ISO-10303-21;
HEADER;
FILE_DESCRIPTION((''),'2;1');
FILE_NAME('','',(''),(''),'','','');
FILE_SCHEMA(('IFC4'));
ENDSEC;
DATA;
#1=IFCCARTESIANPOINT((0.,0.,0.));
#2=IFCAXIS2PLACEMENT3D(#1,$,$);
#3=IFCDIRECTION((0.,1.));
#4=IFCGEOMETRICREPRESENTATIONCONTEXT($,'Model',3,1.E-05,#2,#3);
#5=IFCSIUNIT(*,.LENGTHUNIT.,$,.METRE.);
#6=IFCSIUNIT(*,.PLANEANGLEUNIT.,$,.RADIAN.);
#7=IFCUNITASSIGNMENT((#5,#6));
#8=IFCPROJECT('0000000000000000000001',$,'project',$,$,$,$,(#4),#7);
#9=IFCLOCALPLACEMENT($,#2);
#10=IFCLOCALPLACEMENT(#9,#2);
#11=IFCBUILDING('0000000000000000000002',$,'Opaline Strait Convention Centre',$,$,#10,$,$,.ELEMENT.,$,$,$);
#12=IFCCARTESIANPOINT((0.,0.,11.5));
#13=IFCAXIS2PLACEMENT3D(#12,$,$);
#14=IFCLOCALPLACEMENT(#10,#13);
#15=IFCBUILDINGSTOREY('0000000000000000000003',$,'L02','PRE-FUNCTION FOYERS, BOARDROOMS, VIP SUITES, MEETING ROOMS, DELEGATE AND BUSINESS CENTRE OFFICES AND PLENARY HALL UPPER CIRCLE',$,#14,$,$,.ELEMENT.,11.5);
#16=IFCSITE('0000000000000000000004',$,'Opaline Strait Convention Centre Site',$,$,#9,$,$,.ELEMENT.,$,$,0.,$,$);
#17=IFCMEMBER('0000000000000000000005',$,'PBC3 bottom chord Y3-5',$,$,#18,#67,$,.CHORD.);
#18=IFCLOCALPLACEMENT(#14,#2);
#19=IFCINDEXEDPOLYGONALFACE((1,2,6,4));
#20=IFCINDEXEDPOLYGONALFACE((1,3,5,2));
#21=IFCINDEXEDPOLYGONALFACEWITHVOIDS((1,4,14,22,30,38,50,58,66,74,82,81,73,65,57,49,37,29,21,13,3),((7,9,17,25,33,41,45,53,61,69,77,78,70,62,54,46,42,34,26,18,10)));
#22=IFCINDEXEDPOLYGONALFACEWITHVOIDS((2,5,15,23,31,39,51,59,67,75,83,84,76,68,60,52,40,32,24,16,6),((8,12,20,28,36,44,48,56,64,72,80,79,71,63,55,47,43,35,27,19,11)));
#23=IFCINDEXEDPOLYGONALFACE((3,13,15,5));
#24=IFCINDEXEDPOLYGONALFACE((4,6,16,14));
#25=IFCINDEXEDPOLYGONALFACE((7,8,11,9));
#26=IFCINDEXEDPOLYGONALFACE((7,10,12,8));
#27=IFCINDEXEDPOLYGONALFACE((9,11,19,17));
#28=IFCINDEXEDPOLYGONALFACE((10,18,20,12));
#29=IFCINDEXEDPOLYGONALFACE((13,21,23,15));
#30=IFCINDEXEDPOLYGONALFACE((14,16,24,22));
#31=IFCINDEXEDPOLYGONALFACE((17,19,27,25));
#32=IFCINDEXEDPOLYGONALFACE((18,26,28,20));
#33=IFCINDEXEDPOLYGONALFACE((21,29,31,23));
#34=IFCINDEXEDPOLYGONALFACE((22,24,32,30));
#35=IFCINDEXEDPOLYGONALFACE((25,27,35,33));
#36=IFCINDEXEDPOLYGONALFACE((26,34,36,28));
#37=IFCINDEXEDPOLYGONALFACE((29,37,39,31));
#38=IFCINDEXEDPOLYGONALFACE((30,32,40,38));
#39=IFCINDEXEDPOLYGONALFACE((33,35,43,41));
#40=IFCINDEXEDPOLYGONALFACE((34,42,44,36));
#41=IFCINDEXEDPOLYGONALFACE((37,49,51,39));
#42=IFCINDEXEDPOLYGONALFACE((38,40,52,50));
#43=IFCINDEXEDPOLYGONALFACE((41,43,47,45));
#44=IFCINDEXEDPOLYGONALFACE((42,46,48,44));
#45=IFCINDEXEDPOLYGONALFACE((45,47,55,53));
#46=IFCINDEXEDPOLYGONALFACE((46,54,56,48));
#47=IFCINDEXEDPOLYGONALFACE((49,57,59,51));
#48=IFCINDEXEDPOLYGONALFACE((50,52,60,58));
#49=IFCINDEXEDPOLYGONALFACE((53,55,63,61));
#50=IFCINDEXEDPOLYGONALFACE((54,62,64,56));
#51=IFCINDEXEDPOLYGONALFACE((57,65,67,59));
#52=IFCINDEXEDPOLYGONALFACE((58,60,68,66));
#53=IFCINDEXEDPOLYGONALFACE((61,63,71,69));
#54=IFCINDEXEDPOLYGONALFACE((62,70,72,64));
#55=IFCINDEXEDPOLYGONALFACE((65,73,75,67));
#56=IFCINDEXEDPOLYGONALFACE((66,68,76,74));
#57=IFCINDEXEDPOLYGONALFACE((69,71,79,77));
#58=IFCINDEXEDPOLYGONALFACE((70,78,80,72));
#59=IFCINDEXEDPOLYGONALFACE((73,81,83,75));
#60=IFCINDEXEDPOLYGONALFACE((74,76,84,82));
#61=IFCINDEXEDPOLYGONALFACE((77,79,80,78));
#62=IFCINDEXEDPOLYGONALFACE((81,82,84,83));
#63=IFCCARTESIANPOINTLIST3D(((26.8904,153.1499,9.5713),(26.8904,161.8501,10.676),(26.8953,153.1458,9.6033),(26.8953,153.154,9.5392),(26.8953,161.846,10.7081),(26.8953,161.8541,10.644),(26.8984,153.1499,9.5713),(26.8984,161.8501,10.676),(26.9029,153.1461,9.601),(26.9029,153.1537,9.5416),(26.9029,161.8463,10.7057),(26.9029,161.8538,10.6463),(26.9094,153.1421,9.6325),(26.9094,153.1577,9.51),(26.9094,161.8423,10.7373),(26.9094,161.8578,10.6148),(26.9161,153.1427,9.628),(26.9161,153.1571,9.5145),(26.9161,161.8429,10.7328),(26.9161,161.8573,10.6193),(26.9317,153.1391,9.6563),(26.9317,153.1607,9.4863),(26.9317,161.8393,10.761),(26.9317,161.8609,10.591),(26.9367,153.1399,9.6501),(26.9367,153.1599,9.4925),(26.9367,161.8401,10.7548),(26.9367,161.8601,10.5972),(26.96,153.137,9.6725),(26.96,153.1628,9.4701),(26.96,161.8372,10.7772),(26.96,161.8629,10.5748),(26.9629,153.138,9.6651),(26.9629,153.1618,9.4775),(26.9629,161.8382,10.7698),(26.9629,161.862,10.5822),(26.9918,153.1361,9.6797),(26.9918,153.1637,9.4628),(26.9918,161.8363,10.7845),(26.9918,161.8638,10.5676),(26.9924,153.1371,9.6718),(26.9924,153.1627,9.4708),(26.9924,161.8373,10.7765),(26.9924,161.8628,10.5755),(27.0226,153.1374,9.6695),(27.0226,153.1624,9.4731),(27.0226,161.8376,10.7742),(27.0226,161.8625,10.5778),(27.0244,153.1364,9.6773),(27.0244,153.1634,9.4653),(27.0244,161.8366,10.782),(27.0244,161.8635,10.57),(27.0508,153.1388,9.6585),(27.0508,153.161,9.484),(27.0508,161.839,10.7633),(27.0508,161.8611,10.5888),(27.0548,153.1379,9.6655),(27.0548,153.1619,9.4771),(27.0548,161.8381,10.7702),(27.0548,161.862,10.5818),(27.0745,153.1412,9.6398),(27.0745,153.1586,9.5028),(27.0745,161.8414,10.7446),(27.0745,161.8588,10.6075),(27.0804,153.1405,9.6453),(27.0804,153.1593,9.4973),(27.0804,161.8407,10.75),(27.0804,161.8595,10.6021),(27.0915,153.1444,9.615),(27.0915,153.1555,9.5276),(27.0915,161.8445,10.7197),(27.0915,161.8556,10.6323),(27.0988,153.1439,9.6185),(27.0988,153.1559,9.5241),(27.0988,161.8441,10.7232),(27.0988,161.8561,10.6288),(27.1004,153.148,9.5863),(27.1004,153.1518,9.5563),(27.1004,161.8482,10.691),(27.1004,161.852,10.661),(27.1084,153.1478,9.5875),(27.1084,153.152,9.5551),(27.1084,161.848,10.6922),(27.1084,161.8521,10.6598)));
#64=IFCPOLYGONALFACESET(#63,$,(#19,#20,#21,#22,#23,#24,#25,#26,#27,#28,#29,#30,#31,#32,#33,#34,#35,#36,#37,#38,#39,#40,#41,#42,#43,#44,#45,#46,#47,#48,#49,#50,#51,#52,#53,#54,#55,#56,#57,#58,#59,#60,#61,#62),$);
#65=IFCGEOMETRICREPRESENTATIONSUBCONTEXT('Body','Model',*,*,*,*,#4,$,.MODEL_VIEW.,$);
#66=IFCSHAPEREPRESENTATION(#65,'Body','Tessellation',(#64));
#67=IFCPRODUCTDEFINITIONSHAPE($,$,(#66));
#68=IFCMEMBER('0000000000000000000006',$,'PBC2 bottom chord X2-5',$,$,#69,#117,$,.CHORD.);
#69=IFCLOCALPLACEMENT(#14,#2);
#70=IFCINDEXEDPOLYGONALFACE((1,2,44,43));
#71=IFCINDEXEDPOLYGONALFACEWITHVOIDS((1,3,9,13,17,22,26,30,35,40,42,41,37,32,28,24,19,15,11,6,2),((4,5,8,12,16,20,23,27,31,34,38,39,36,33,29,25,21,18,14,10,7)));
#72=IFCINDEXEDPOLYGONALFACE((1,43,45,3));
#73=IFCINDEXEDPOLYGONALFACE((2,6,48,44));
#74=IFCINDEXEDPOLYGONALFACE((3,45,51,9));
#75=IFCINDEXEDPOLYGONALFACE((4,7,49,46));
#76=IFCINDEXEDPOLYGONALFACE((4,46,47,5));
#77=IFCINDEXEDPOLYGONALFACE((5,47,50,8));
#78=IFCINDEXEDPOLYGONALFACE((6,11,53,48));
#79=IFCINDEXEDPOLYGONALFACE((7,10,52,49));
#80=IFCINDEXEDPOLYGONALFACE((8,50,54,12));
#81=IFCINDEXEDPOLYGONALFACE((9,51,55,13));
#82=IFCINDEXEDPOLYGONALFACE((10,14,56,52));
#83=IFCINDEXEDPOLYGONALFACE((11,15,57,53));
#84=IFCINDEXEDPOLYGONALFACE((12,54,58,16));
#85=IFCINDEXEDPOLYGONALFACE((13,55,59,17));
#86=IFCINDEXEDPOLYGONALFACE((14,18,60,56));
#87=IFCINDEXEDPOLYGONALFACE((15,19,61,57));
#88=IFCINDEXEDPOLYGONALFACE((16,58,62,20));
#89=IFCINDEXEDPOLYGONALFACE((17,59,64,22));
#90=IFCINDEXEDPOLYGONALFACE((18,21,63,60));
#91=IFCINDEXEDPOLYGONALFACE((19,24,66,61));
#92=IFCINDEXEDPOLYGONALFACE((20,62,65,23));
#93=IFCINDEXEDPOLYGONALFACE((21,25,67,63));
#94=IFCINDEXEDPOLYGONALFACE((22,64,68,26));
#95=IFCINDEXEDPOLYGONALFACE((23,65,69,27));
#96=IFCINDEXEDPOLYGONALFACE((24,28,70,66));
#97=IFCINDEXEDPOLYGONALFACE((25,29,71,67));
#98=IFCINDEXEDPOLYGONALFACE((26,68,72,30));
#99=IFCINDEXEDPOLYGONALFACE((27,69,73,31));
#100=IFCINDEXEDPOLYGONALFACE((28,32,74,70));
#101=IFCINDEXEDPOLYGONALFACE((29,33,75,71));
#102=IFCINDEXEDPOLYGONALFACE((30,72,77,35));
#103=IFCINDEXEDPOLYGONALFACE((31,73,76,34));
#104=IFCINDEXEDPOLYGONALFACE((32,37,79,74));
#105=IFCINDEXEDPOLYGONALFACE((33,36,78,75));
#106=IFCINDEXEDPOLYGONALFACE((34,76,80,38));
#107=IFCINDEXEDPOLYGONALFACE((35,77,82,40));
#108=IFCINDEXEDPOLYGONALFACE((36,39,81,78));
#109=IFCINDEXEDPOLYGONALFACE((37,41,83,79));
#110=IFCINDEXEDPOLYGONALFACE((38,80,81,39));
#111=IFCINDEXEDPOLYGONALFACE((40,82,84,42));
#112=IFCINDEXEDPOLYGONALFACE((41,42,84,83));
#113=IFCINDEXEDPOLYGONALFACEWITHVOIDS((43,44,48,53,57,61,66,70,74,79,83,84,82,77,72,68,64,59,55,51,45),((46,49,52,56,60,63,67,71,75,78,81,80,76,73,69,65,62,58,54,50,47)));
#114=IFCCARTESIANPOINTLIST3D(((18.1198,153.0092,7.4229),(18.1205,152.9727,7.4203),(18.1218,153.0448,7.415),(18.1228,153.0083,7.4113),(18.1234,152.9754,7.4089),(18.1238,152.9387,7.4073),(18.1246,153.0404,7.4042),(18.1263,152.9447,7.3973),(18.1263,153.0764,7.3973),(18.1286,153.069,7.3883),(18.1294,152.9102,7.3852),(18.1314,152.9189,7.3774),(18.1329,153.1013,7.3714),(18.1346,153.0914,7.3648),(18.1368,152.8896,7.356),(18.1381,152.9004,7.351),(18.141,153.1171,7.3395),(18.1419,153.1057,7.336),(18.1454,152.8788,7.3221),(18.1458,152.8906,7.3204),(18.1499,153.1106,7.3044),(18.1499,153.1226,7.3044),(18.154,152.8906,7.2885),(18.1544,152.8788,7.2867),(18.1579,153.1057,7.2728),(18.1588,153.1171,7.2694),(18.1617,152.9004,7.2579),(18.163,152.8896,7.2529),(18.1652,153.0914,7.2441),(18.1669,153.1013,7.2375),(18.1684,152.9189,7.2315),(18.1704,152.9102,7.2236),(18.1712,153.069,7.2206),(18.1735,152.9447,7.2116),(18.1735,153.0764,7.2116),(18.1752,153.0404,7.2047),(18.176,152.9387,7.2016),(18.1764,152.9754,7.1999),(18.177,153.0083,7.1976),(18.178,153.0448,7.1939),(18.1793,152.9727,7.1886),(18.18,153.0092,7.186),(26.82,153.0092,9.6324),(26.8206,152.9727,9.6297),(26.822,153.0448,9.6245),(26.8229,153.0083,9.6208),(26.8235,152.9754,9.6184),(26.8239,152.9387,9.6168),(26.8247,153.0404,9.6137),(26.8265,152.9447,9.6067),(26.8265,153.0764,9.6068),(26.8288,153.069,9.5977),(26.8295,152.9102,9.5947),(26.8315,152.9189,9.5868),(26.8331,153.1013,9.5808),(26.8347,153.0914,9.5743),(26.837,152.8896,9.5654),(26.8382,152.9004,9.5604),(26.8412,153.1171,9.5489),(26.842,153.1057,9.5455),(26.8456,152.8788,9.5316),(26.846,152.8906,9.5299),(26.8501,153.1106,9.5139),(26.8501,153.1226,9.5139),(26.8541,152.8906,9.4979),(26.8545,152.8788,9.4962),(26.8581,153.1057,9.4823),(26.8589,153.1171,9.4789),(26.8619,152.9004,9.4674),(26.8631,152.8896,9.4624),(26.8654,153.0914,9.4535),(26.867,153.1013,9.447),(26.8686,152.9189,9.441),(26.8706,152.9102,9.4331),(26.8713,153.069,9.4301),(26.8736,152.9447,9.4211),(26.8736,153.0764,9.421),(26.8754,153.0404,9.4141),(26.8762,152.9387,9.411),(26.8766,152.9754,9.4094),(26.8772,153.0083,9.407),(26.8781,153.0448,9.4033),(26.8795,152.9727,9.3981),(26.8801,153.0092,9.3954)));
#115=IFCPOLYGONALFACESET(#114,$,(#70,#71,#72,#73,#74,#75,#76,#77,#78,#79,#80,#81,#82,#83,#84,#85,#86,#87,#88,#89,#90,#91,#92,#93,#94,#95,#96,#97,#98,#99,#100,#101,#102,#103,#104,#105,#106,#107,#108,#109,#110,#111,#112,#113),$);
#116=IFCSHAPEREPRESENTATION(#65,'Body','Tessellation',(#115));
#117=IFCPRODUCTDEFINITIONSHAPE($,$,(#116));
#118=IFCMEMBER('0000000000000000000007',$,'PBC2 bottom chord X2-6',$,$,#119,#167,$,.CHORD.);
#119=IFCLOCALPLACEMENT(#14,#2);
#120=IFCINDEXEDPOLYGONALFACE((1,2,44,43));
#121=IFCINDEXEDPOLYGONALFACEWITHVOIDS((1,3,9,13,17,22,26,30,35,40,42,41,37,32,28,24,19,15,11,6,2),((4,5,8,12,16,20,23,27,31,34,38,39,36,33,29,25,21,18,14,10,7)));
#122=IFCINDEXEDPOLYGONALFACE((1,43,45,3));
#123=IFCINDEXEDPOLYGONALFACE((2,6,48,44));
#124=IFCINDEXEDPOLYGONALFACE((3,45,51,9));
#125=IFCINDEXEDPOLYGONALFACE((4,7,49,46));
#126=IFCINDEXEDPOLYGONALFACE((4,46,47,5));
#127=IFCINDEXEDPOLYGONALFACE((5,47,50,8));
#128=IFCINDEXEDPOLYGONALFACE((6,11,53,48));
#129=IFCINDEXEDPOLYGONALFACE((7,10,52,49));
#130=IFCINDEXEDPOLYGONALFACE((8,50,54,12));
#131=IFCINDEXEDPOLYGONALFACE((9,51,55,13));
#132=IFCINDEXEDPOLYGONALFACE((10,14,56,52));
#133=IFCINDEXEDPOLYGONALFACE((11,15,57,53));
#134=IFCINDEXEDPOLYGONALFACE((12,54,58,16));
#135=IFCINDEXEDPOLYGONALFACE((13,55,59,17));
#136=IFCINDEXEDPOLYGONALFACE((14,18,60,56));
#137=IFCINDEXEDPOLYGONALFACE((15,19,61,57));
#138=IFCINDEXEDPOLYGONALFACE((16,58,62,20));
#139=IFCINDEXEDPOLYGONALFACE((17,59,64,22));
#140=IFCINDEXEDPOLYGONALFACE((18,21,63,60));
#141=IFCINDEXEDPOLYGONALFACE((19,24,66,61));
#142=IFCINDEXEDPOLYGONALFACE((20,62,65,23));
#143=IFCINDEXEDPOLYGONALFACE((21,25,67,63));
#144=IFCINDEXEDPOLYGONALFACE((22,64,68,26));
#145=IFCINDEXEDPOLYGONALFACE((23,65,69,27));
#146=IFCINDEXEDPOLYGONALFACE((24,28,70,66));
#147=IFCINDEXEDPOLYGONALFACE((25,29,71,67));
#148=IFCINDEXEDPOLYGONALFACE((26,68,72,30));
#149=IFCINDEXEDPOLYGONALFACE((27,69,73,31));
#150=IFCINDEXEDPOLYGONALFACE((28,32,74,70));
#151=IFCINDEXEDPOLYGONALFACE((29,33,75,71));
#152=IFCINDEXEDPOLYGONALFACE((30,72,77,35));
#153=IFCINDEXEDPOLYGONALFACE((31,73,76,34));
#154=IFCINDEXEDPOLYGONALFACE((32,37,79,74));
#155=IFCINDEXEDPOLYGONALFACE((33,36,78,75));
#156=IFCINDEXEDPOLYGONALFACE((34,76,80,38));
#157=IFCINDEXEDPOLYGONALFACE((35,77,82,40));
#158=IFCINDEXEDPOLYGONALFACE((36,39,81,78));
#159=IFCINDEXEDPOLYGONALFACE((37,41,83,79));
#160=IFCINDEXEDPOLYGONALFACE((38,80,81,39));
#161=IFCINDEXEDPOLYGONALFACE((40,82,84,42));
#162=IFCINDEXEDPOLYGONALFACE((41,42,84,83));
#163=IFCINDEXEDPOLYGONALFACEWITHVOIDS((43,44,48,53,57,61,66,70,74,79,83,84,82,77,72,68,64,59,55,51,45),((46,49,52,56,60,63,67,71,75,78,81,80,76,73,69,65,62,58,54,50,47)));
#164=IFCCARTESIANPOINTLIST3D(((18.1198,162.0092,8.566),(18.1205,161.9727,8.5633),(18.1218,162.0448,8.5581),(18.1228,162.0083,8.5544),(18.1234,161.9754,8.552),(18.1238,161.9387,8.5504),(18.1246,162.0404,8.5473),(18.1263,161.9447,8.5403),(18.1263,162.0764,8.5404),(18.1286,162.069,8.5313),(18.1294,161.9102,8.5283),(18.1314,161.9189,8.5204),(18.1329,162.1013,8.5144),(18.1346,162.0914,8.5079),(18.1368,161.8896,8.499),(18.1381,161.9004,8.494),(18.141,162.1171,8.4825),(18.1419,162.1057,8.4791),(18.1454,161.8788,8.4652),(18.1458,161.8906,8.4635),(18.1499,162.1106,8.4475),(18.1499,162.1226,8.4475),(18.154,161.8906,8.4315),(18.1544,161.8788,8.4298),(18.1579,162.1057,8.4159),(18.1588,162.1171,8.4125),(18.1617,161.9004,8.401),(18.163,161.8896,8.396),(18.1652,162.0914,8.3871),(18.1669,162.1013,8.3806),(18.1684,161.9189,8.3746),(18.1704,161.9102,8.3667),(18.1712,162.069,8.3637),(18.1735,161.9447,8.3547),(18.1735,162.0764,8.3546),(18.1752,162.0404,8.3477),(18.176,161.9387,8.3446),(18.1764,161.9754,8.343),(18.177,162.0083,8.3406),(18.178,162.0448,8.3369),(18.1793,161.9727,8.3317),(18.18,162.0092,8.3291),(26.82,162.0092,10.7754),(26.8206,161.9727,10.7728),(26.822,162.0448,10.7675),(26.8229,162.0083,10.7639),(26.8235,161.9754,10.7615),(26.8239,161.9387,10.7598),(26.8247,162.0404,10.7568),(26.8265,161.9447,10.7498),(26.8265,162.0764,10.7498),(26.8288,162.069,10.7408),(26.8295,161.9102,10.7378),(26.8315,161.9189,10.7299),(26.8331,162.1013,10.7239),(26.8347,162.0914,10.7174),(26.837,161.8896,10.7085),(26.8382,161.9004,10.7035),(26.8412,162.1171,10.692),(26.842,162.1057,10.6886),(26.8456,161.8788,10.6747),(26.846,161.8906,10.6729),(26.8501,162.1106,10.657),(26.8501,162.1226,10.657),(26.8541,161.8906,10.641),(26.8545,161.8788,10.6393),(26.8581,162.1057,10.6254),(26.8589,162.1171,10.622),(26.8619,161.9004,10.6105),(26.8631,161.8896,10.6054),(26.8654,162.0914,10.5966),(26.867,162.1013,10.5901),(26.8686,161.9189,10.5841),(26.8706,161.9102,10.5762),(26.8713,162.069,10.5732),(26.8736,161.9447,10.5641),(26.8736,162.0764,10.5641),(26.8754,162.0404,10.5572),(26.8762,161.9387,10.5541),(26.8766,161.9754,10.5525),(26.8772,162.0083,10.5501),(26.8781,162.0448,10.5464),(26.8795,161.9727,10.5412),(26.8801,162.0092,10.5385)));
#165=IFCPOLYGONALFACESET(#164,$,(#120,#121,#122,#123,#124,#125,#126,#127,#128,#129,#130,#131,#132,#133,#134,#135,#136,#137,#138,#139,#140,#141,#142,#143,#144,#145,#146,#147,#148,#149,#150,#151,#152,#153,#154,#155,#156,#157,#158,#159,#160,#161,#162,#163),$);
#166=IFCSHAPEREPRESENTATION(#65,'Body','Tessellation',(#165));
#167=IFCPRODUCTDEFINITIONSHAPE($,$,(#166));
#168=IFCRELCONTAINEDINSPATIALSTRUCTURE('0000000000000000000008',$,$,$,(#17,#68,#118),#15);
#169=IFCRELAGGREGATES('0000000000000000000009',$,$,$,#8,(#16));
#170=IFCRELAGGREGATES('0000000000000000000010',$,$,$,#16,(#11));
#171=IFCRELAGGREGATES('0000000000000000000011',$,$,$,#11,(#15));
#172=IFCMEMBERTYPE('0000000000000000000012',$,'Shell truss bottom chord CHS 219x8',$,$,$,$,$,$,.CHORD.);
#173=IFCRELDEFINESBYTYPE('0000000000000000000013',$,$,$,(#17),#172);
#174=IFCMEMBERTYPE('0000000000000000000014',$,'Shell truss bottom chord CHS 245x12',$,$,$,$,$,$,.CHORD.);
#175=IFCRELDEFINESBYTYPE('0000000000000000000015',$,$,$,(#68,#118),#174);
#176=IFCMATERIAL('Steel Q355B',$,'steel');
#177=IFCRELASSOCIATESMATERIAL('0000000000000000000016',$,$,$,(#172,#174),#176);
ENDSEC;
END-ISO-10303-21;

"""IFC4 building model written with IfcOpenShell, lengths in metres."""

from ifc_helpers import new_model, si_unit, direction, frame, origin, origin_2d, place, context, subcontext, project, spatial, hollow_circle, extrude, material, material_profile, profile_set, type_object, element, save


model = new_model("IFC4")

# Units and contexts
model_context = context("Model", 3, precision=1e-05, world=origin(), true_north=direction((0.0, 1.0)))
body_context = subcontext(model_context, "Body", "Model", "MODEL_VIEW")
ifc_project = project(units=[si_unit("LENGTHUNIT", "METRE"), si_unit("PLANEANGLEUNIT", "RADIAN")], contexts=[model_context])

# Site, building, storey
site_placement = place(None, origin())
site = spatial("IfcSite", under=ifc_project, at=site_placement, Name="Opaline Strait Convention Centre Site", CompositionType="ELEMENT", RefElevation=0.0)
building_placement = place(site_placement, origin())
building = spatial("IfcBuilding", under=site, at=building_placement, Name="Opaline Strait Convention Centre", CompositionType="ELEMENT")
storey_placement = place(building_placement, frame((0.0, 0.0, 11.5)))
storey = spatial("IfcBuildingStorey", under=building, at=storey_placement, Name="L02", Description="PRE-FUNCTION FOYERS, BOARDROOMS, VIP SUITES, MEETING ROOMS, DELEGATE AND BUSINESS CENTRE OFFICES AND PLENARY HALL UPPER CIRCLE", CompositionType="ELEMENT", Elevation=11.5)

# Members
ifc_material_1 = material(Name="Steel Q355B", Category="steel")
ifc_material_profile_1 = material_profile(ifc_material_1, hollow_circle(Radius=0.1096, WallThickness=0.0081, at=origin_2d()), Name="CHS 219x8")
ifc_profile_set_1 = profile_set([ifc_material_profile_1], Name="Steel Q355B")
member_type_1 = type_object("IfcMemberType", Name="Shell truss bottom chord CHS 219x8", PredefinedType="CHORD", material=ifc_profile_set_1)
member_1_placement = place(storey_placement, frame((27.0, 153.1499, 9.5713), z_axis=(0.0, 0.992034, 0.125967), x_axis=(-1.0, 0.0, 0.0)))
element("IfcMember", 1, at=member_1_placement, inside=storey, type_object=member_type_1, Name="PBC3 bottom chord Y3-5", PredefinedType="CHORD", context=body_context, shape_type="SweptSolid", body=[
    extrude(hollow_circle(Radius=0.1096, WallThickness=0.0081, at=origin_2d()), origin(), (0.0, 0.0, 1.0), 8.77),
])
ifc_material_profile_2 = material_profile(ifc_material_1, hollow_circle(Radius=0.1226, WallThickness=0.012, at=origin_2d()), Name="CHS 245x12")
ifc_profile_set_2 = profile_set([ifc_material_profile_2], Name="Steel Q355B")
member_type_2 = type_object("IfcMemberType", Name="Shell truss bottom chord CHS 245x12", PredefinedType="CHORD", material=ifc_profile_set_2)
for number, where, z_axis, x_axis, name in (
    (2, (18.1499, 153.0, 7.3044), (0.969233, 0.0, 0.246143), (0.0, 1.0, 0.0), "PBC2 bottom chord X2-5"),
    (3, (18.1499, 162.0, 8.4475), (0.969233, 0.0, 0.246143), (0.0, 1.0, 0.0), "PBC2 bottom chord X2-6"),
):
    element("IfcMember", number, at=place(storey_placement, frame(where, z_axis=z_axis, x_axis=x_axis)), inside=storey, type_object=member_type_2, Name=name, PredefinedType="CHORD", context=body_context, shape_type="SweptSolid", body=[
        extrude(hollow_circle(Radius=0.1226, WallThickness=0.012, at=origin_2d()), origin(), (0.0, 0.0, 1.0), 8.9763),
    ])

save(model, "model.ifc")
